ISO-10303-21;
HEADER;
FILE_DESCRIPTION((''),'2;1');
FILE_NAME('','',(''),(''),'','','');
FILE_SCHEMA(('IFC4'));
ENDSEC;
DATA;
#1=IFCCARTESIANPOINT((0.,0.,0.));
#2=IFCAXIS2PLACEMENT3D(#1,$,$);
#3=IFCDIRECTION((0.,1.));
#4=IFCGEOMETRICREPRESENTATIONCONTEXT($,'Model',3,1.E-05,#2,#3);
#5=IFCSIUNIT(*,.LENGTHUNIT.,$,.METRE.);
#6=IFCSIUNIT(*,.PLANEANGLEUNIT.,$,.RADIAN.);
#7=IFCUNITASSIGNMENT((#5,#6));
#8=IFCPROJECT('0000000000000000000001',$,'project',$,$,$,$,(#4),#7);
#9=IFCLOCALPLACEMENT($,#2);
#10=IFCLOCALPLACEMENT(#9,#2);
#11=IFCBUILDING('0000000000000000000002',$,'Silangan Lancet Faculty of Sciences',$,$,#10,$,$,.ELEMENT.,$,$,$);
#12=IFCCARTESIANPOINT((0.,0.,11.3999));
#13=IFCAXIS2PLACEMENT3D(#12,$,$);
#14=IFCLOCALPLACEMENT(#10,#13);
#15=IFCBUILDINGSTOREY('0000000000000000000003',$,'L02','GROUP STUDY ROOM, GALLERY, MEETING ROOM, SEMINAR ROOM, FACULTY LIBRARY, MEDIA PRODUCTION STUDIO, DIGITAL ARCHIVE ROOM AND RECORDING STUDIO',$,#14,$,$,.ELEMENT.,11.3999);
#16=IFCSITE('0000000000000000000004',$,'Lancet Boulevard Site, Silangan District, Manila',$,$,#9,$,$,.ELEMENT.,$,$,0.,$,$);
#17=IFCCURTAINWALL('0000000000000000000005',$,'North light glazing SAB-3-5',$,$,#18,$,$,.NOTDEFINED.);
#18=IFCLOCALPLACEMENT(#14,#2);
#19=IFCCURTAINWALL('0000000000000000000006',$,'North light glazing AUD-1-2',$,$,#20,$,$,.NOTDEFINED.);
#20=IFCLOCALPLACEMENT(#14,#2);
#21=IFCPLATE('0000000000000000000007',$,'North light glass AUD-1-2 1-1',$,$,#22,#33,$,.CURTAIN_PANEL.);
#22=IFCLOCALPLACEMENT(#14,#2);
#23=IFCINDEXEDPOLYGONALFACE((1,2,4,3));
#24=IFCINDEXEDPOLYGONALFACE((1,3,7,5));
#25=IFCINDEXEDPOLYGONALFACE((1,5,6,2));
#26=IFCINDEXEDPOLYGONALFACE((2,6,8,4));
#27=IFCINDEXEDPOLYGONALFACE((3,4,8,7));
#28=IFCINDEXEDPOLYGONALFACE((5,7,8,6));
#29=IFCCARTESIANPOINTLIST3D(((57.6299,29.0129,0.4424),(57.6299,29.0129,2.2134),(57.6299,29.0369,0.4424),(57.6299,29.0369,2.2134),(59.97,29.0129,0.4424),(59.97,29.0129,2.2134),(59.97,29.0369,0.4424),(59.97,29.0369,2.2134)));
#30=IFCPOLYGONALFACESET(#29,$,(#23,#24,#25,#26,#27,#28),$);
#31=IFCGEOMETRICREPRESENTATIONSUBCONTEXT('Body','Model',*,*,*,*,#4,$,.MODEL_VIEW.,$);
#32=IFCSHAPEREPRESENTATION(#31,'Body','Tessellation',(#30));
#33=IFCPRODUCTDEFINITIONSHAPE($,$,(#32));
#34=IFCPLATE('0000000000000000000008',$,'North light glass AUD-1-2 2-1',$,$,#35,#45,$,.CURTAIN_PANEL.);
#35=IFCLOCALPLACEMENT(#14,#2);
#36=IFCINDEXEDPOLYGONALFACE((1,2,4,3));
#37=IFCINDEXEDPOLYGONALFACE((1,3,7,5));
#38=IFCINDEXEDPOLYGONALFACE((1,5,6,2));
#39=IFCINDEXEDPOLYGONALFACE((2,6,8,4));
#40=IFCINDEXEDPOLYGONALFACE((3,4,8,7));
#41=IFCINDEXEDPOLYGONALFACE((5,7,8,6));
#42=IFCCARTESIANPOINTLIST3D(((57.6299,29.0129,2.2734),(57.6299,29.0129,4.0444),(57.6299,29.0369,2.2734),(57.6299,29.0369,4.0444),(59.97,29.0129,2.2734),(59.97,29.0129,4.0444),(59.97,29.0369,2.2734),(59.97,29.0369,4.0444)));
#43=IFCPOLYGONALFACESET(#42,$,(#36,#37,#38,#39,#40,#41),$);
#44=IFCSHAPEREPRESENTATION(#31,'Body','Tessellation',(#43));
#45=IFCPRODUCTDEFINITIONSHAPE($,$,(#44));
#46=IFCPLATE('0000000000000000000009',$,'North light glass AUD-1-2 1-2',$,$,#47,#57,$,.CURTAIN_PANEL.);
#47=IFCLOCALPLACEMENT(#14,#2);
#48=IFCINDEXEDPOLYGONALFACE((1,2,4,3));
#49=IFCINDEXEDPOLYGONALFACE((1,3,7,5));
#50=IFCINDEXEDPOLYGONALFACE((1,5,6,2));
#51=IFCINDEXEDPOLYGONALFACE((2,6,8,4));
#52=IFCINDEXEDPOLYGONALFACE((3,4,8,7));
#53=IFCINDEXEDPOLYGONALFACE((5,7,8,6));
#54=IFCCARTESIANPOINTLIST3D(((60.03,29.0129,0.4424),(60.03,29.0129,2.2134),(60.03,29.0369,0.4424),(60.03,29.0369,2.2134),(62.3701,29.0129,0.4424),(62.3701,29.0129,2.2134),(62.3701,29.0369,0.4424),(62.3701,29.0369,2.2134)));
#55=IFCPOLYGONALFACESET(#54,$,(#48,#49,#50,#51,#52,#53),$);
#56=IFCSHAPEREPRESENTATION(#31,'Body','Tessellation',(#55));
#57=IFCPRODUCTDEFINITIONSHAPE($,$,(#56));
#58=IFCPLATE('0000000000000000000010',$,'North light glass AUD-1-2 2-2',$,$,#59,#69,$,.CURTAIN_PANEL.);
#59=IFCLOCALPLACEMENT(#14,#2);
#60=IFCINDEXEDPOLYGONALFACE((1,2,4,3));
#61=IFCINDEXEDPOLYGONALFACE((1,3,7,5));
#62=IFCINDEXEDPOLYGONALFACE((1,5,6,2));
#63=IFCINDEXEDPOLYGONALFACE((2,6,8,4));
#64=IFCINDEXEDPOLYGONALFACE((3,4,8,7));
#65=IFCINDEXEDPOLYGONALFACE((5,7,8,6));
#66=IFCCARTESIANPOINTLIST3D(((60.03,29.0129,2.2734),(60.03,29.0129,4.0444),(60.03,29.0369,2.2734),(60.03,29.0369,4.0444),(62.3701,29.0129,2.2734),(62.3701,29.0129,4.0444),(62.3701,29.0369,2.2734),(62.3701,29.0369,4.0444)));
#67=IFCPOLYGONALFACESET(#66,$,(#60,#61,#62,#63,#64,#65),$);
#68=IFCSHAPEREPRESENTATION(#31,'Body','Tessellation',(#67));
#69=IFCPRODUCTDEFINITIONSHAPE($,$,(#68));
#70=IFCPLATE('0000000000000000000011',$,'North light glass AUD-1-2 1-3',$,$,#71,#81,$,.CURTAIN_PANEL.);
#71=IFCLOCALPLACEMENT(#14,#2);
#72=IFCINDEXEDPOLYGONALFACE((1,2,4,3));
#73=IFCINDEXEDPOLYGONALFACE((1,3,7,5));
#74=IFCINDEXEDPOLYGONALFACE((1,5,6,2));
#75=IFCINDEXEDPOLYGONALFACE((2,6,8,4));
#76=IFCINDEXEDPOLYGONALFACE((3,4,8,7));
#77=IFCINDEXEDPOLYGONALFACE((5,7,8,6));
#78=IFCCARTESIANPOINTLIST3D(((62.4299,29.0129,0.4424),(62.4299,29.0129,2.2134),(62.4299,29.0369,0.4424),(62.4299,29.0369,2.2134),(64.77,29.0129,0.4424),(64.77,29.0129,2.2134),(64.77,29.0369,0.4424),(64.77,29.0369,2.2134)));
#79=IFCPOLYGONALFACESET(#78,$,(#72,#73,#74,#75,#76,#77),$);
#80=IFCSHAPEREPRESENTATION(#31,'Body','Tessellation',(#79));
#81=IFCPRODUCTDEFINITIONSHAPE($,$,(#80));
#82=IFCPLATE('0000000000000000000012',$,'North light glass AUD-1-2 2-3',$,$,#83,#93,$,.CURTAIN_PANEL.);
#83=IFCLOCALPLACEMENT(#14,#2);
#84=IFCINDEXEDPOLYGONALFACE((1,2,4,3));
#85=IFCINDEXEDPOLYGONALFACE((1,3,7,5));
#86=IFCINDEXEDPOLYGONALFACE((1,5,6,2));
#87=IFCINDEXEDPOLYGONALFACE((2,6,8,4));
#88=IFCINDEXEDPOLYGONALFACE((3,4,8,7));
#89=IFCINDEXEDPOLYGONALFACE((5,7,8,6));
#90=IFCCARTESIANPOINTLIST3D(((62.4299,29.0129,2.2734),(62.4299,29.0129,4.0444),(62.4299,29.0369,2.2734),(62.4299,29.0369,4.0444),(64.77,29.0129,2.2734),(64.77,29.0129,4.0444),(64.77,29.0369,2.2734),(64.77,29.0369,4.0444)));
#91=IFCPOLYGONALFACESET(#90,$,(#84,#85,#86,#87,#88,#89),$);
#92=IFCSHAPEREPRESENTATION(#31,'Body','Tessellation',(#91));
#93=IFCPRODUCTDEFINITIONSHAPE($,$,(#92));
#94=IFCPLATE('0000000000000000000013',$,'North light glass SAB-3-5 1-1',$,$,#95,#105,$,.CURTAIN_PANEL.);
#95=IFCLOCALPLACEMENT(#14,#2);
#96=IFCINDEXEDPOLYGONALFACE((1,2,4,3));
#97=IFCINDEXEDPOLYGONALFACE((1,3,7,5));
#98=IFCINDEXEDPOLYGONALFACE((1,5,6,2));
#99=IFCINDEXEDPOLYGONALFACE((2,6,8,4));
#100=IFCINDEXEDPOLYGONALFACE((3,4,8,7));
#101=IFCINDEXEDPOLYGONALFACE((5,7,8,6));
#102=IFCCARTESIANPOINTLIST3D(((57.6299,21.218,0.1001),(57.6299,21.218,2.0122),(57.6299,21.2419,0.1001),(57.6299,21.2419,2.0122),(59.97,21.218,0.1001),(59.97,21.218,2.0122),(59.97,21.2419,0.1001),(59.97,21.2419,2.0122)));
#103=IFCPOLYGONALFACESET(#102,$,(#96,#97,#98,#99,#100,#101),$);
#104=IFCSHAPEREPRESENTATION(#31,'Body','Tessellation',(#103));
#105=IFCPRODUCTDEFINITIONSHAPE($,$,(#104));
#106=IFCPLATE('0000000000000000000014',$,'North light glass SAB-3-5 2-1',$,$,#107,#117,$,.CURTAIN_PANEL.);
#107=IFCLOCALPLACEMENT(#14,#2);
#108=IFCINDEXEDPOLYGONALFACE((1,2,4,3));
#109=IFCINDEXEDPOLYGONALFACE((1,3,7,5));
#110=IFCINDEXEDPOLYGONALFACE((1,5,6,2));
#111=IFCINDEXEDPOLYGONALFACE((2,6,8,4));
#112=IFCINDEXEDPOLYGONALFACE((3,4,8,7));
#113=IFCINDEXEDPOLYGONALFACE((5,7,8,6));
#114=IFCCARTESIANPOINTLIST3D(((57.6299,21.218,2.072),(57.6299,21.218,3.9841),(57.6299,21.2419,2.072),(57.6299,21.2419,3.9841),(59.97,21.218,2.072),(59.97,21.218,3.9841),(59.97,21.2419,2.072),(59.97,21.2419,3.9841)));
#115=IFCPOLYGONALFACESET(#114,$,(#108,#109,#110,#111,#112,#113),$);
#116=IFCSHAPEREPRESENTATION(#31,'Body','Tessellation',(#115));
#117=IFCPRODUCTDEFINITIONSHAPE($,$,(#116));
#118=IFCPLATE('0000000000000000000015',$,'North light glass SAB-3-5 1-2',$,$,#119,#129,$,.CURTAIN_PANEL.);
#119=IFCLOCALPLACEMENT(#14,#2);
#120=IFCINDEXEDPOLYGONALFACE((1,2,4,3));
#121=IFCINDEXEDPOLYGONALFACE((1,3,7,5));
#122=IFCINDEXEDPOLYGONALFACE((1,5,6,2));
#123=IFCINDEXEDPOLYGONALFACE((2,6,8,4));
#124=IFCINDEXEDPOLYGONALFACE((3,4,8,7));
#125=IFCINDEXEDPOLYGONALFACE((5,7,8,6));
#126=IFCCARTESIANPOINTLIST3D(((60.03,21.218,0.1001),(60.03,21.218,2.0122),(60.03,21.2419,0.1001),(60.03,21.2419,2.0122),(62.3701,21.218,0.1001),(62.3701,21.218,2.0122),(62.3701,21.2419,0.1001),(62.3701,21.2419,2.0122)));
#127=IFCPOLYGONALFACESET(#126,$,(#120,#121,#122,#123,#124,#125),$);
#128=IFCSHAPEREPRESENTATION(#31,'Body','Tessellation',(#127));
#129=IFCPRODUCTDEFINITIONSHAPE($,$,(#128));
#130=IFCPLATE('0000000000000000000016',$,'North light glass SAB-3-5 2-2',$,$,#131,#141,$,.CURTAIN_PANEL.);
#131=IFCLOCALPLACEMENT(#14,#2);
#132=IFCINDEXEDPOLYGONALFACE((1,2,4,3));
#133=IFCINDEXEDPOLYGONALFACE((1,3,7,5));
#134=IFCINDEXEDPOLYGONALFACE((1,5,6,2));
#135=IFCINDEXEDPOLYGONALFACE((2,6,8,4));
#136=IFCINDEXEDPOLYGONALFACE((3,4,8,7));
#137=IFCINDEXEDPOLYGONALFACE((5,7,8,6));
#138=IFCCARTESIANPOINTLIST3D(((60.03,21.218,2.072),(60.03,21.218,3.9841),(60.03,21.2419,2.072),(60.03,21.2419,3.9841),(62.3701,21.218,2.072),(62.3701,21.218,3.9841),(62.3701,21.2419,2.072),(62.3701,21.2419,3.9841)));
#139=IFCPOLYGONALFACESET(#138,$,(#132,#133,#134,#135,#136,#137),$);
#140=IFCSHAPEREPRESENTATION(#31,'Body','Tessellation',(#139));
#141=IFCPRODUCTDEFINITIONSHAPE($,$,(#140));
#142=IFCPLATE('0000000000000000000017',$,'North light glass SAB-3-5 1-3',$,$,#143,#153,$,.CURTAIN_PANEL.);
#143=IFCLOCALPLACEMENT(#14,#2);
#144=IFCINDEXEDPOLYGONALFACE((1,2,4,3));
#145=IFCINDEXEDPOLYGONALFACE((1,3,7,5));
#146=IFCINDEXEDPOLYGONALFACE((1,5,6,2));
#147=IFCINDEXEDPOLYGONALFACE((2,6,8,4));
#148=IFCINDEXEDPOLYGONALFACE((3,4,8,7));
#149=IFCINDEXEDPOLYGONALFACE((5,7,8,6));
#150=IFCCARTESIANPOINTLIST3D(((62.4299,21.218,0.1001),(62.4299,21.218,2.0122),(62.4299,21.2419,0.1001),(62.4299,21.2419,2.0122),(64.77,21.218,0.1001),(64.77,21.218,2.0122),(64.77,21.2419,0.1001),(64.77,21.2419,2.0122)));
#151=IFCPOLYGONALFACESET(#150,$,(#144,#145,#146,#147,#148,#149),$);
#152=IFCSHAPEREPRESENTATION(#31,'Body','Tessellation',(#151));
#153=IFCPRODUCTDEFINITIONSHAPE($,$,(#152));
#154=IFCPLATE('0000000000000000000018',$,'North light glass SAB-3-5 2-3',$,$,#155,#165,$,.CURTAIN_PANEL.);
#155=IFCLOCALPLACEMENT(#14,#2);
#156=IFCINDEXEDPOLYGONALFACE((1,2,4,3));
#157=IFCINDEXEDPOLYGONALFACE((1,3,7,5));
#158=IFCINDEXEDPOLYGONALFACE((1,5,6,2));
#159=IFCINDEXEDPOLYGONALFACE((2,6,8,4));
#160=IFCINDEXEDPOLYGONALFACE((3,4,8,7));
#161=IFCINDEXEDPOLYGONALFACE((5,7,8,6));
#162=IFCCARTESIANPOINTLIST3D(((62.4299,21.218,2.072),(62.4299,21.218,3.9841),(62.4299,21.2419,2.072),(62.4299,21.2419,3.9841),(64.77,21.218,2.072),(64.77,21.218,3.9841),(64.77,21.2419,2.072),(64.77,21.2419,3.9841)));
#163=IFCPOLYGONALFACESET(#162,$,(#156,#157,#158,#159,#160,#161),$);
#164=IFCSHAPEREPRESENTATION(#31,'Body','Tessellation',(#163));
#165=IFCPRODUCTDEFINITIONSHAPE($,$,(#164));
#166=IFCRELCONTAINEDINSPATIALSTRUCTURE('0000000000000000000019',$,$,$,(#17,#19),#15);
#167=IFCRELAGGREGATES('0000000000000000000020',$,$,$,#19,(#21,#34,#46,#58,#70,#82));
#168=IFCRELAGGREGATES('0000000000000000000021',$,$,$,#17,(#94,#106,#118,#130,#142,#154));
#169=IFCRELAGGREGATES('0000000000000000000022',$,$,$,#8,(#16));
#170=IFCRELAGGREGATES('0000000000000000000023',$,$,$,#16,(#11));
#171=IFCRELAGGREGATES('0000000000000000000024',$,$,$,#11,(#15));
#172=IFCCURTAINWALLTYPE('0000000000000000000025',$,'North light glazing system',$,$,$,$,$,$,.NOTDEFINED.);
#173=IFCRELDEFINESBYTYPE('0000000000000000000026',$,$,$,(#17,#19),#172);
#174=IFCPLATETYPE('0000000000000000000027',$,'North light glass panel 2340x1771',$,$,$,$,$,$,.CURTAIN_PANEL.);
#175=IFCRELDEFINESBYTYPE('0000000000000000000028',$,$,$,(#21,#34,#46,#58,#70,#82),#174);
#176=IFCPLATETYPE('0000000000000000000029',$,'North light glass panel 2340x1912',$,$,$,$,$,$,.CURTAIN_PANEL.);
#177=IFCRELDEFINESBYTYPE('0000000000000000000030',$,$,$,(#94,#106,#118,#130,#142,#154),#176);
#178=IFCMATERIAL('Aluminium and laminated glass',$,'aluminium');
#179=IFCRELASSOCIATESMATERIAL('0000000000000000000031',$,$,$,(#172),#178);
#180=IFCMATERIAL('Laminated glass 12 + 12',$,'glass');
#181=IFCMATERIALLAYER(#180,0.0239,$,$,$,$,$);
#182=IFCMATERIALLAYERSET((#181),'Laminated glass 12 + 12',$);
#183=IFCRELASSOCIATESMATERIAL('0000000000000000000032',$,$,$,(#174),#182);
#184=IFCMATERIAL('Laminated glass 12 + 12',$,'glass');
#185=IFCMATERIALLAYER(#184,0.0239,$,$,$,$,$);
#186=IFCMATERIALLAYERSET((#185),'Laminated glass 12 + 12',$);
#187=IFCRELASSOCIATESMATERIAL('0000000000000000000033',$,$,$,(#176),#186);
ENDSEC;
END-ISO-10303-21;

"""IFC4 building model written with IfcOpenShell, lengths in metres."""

from ifc_helpers import new_model, si_unit, direction, frame, origin, place, context, subcontext, project, spatial, polyline, outline, extrude, material, layer, layer_set, type_object, element, aggregate, save


model = new_model("IFC4")

# Units and contexts
model_context = context("Model", 3, precision=1e-05, world=origin(), true_north=direction((0.0, 1.0)))
body_context = subcontext(model_context, "Body", "Model", "MODEL_VIEW")
ifc_project = project(units=[si_unit("LENGTHUNIT", "METRE"), si_unit("PLANEANGLEUNIT", "RADIAN")], contexts=[model_context])

# Site, building, storey
site_placement = place(None, origin())
site = spatial("IfcSite", under=ifc_project, at=site_placement, Name="Lancet Boulevard Site, Silangan District, Manila", CompositionType="ELEMENT", RefElevation=0.0)
building_placement = place(site_placement, origin())
building = spatial("IfcBuilding", under=site, at=building_placement, Name="Silangan Lancet Faculty of Sciences", CompositionType="ELEMENT")
storey_placement = place(building_placement, frame((0.0, 0.0, 11.3999)))
storey = spatial("IfcBuildingStorey", under=building, at=storey_placement, Name="L02", Description="GROUP STUDY ROOM, GALLERY, MEETING ROOM, SEMINAR ROOM, FACULTY LIBRARY, MEDIA PRODUCTION STUDIO, DIGITAL ARCHIVE ROOM AND RECORDING STUDIO", CompositionType="ELEMENT", Elevation=11.3999)

# Curtain wall
ifc_material_1 = material(Name="Aluminium and laminated glass", Category="aluminium")
curtain_wall_type = type_object("IfcCurtainWallType", Name="North light glazing system", PredefinedType="NOTDEFINED", material=ifc_material_1)
curtain_wall_1_placement = place(storey_placement, origin())
curtain_wall_1 = element("IfcCurtainWall", 1, at=curtain_wall_1_placement, inside=storey, type_object=curtain_wall_type, Name="North light glazing SAB-3-5", PredefinedType="NOTDEFINED")

# Curtain wall, plates
curtain_wall_2_placement = place(storey_placement, origin())
curtain_wall_2 = element("IfcCurtainWall", 2, at=curtain_wall_2_placement, inside=storey, type_object=curtain_wall_type, Name="North light glazing AUD-1-2", PredefinedType="NOTDEFINED")
ifc_material_2 = material(Name="Laminated glass 12 + 12", Category="glass")
ifc_layer_1 = layer(ifc_material_2, 0.0239)
ifc_layer_set_1 = layer_set([ifc_layer_1], Name="Laminated glass 12 + 12")
plate_type_1 = type_object("IfcPlateType", Name="North light glass panel 2340x1771", PredefinedType="CURTAIN_PANEL", material=ifc_layer_set_1)
plate_1_placement = place(storey_placement, frame((57.6299, 29.0129, 0.4424), z_axis=(0.0, -1.0, 0.0), x_axis=(1.0, 0.0, 0.0)))
plate_1 = element("IfcPlate", 3, at=plate_1_placement, type_object=plate_type_1, Name="North light glass AUD-1-2 1-1", PredefinedType="CURTAIN_PANEL", context=body_context, shape_type="SweptSolid", body=[
    extrude(outline(polyline([(0.0, 0.0), (2.3401, 0.0), (2.3401, 1.771), (0.0, 1.771), (0.0, 0.0)])), origin(), (0.0, 0.0, -1.0), 0.0239),
])
plate_2_placement = place(storey_placement, frame((57.6299, 29.0129, 2.2734), z_axis=(0.0, -1.0, 0.0), x_axis=(1.0, 0.0, 0.0)))
plate_2 = element("IfcPlate", 4, at=plate_2_placement, type_object=plate_type_1, Name="North light glass AUD-1-2 2-1", PredefinedType="CURTAIN_PANEL", context=body_context, shape_type="SweptSolid", body=[
    extrude(outline(polyline([(0.0, 0.0), (2.3401, 0.0), (2.3401, 1.771), (0.0, 1.771), (0.0, 0.0)])), origin(), (0.0, 0.0, -1.0), 0.0239),
])
plate_3_placement = place(storey_placement, frame((60.03, 29.0129, 0.4424), z_axis=(0.0, -1.0, 0.0), x_axis=(1.0, 0.0, 0.0)))
plate_3 = element("IfcPlate", 5, at=plate_3_placement, type_object=plate_type_1, Name="North light glass AUD-1-2 1-2", PredefinedType="CURTAIN_PANEL", context=body_context, shape_type="SweptSolid", body=[
    extrude(outline(polyline([(0.0, 0.0), (2.3401, 0.0), (2.3401, 1.771), (0.0, 1.771), (0.0, 0.0)])), origin(), (0.0, 0.0, -1.0), 0.0239),
])
plate_4_placement = place(storey_placement, frame((60.03, 29.0129, 2.2734), z_axis=(0.0, -1.0, 0.0), x_axis=(1.0, 0.0, 0.0)))
plate_4 = element("IfcPlate", 6, at=plate_4_placement, type_object=plate_type_1, Name="North light glass AUD-1-2 2-2", PredefinedType="CURTAIN_PANEL", context=body_context, shape_type="SweptSolid", body=[
    extrude(outline(polyline([(0.0, 0.0), (2.3401, 0.0), (2.3401, 1.771), (0.0, 1.771), (0.0, 0.0)])), origin(), (0.0, 0.0, -1.0), 0.0239),
])
plate_5_placement = place(storey_placement, frame((62.4299, 29.0129, 0.4424), z_axis=(0.0, -1.0, 0.0), x_axis=(1.0, 0.0, 0.0)))
plate_5 = element("IfcPlate", 7, at=plate_5_placement, type_object=plate_type_1, Name="North light glass AUD-1-2 1-3", PredefinedType="CURTAIN_PANEL", context=body_context, shape_type="SweptSolid", body=[
    extrude(outline(polyline([(0.0, 0.0), (2.3401, 0.0), (2.3401, 1.771), (0.0, 1.771), (0.0, 0.0)])), origin(), (0.0, 0.0, -1.0), 0.0239),
])
plate_6_placement = place(storey_placement, frame((62.4299, 29.0129, 2.2734), z_axis=(0.0, -1.0, 0.0), x_axis=(1.0, 0.0, 0.0)))
plate_6 = element("IfcPlate", 8, at=plate_6_placement, type_object=plate_type_1, Name="North light glass AUD-1-2 2-3", PredefinedType="CURTAIN_PANEL", context=body_context, shape_type="SweptSolid", body=[
    extrude(outline(polyline([(0.0, 0.0), (2.3401, 0.0), (2.3401, 1.771), (0.0, 1.771), (0.0, 0.0)])), origin(), (0.0, 0.0, -1.0), 0.0239),
])
aggregate(curtain_wall_2, [plate_1, plate_2, plate_3, plate_4, plate_5, plate_6])

# Plates
ifc_material_3 = material(Name="Laminated glass 12 + 12", Category="glass")
ifc_layer_2 = layer(ifc_material_3, 0.0239)
ifc_layer_set_2 = layer_set([ifc_layer_2], Name="Laminated glass 12 + 12")
plate_type_2 = type_object("IfcPlateType", Name="North light glass panel 2340x1912", PredefinedType="CURTAIN_PANEL", material=ifc_layer_set_2)
plate_7_placement = place(storey_placement, frame((57.6299, 21.218, 0.1001), z_axis=(0.0, -1.0, 0.0), x_axis=(1.0, 0.0, 0.0)))
plate_7 = element("IfcPlate", 9, at=plate_7_placement, type_object=plate_type_2, Name="North light glass SAB-3-5 1-1", PredefinedType="CURTAIN_PANEL", context=body_context, shape_type="SweptSolid", body=[
    extrude(outline(polyline([(0.0, 0.0), (2.3401, 0.0), (2.3401, 1.9121), (0.0, 1.9121), (0.0, 0.0)])), origin(), (0.0, 0.0, -1.0), 0.0239),
])
plate_8_placement = place(storey_placement, frame((57.6299, 21.218, 2.072), z_axis=(0.0, -1.0, 0.0), x_axis=(1.0, 0.0, 0.0)))
plate_8 = element("IfcPlate", 10, at=plate_8_placement, type_object=plate_type_2, Name="North light glass SAB-3-5 2-1", PredefinedType="CURTAIN_PANEL", context=body_context, shape_type="SweptSolid", body=[
    extrude(outline(polyline([(0.0, 0.0), (2.3401, 0.0), (2.3401, 1.9121), (0.0, 1.9121), (0.0, 0.0)])), origin(), (0.0, 0.0, -1.0), 0.0239),
])
plate_9_placement = place(storey_placement, frame((60.03, 21.218, 0.1001), z_axis=(0.0, -1.0, 0.0), x_axis=(1.0, 0.0, 0.0)))
plate_9 = element("IfcPlate", 11, at=plate_9_placement, type_object=plate_type_2, Name="North light glass SAB-3-5 1-2", PredefinedType="CURTAIN_PANEL", context=body_context, shape_type="SweptSolid", body=[
    extrude(outline(polyline([(0.0, 0.0), (2.3401, 0.0), (2.3401, 1.9121), (0.0, 1.9121), (0.0, 0.0)])), origin(), (0.0, 0.0, -1.0), 0.0239),
])
plate_10_placement = place(storey_placement, frame((60.03, 21.218, 2.072), z_axis=(0.0, -1.0, 0.0), x_axis=(1.0, 0.0, 0.0)))
plate_10 = element("IfcPlate", 12, at=plate_10_placement, type_object=plate_type_2, Name="North light glass SAB-3-5 2-2", PredefinedType="CURTAIN_PANEL", context=body_context, shape_type="SweptSolid", body=[
    extrude(outline(polyline([(0.0, 0.0), (2.3401, 0.0), (2.3401, 1.9121), (0.0, 1.9121), (0.0, 0.0)])), origin(), (0.0, 0.0, -1.0), 0.0239),
])
plate_11_placement = place(storey_placement, frame((62.4299, 21.218, 0.1001), z_axis=(0.0, -1.0, 0.0), x_axis=(1.0, 0.0, 0.0)))
plate_11 = element("IfcPlate", 13, at=plate_11_placement, type_object=plate_type_2, Name="North light glass SAB-3-5 1-3", PredefinedType="CURTAIN_PANEL", context=body_context, shape_type="SweptSolid", body=[
    extrude(outline(polyline([(0.0, 0.0), (2.3401, 0.0), (2.3401, 1.9121), (0.0, 1.9121), (0.0, 0.0)])), origin(), (0.0, 0.0, -1.0), 0.0239),
])
plate_12_placement = place(storey_placement, frame((62.4299, 21.218, 2.072), z_axis=(0.0, -1.0, 0.0), x_axis=(1.0, 0.0, 0.0)))
plate_12 = element("IfcPlate", 14, at=plate_12_placement, type_object=plate_type_2, Name="North light glass SAB-3-5 2-3", PredefinedType="CURTAIN_PANEL", context=body_context, shape_type="SweptSolid", body=[
    extrude(outline(polyline([(0.0, 0.0), (2.3401, 0.0), (2.3401, 1.9121), (0.0, 1.9121), (0.0, 0.0)])), origin(), (0.0, 0.0, -1.0), 0.0239),
])
aggregate(curtain_wall_1, [plate_7, plate_8, plate_9, plate_10, plate_11, plate_12])

save(model, "model.ifc")
